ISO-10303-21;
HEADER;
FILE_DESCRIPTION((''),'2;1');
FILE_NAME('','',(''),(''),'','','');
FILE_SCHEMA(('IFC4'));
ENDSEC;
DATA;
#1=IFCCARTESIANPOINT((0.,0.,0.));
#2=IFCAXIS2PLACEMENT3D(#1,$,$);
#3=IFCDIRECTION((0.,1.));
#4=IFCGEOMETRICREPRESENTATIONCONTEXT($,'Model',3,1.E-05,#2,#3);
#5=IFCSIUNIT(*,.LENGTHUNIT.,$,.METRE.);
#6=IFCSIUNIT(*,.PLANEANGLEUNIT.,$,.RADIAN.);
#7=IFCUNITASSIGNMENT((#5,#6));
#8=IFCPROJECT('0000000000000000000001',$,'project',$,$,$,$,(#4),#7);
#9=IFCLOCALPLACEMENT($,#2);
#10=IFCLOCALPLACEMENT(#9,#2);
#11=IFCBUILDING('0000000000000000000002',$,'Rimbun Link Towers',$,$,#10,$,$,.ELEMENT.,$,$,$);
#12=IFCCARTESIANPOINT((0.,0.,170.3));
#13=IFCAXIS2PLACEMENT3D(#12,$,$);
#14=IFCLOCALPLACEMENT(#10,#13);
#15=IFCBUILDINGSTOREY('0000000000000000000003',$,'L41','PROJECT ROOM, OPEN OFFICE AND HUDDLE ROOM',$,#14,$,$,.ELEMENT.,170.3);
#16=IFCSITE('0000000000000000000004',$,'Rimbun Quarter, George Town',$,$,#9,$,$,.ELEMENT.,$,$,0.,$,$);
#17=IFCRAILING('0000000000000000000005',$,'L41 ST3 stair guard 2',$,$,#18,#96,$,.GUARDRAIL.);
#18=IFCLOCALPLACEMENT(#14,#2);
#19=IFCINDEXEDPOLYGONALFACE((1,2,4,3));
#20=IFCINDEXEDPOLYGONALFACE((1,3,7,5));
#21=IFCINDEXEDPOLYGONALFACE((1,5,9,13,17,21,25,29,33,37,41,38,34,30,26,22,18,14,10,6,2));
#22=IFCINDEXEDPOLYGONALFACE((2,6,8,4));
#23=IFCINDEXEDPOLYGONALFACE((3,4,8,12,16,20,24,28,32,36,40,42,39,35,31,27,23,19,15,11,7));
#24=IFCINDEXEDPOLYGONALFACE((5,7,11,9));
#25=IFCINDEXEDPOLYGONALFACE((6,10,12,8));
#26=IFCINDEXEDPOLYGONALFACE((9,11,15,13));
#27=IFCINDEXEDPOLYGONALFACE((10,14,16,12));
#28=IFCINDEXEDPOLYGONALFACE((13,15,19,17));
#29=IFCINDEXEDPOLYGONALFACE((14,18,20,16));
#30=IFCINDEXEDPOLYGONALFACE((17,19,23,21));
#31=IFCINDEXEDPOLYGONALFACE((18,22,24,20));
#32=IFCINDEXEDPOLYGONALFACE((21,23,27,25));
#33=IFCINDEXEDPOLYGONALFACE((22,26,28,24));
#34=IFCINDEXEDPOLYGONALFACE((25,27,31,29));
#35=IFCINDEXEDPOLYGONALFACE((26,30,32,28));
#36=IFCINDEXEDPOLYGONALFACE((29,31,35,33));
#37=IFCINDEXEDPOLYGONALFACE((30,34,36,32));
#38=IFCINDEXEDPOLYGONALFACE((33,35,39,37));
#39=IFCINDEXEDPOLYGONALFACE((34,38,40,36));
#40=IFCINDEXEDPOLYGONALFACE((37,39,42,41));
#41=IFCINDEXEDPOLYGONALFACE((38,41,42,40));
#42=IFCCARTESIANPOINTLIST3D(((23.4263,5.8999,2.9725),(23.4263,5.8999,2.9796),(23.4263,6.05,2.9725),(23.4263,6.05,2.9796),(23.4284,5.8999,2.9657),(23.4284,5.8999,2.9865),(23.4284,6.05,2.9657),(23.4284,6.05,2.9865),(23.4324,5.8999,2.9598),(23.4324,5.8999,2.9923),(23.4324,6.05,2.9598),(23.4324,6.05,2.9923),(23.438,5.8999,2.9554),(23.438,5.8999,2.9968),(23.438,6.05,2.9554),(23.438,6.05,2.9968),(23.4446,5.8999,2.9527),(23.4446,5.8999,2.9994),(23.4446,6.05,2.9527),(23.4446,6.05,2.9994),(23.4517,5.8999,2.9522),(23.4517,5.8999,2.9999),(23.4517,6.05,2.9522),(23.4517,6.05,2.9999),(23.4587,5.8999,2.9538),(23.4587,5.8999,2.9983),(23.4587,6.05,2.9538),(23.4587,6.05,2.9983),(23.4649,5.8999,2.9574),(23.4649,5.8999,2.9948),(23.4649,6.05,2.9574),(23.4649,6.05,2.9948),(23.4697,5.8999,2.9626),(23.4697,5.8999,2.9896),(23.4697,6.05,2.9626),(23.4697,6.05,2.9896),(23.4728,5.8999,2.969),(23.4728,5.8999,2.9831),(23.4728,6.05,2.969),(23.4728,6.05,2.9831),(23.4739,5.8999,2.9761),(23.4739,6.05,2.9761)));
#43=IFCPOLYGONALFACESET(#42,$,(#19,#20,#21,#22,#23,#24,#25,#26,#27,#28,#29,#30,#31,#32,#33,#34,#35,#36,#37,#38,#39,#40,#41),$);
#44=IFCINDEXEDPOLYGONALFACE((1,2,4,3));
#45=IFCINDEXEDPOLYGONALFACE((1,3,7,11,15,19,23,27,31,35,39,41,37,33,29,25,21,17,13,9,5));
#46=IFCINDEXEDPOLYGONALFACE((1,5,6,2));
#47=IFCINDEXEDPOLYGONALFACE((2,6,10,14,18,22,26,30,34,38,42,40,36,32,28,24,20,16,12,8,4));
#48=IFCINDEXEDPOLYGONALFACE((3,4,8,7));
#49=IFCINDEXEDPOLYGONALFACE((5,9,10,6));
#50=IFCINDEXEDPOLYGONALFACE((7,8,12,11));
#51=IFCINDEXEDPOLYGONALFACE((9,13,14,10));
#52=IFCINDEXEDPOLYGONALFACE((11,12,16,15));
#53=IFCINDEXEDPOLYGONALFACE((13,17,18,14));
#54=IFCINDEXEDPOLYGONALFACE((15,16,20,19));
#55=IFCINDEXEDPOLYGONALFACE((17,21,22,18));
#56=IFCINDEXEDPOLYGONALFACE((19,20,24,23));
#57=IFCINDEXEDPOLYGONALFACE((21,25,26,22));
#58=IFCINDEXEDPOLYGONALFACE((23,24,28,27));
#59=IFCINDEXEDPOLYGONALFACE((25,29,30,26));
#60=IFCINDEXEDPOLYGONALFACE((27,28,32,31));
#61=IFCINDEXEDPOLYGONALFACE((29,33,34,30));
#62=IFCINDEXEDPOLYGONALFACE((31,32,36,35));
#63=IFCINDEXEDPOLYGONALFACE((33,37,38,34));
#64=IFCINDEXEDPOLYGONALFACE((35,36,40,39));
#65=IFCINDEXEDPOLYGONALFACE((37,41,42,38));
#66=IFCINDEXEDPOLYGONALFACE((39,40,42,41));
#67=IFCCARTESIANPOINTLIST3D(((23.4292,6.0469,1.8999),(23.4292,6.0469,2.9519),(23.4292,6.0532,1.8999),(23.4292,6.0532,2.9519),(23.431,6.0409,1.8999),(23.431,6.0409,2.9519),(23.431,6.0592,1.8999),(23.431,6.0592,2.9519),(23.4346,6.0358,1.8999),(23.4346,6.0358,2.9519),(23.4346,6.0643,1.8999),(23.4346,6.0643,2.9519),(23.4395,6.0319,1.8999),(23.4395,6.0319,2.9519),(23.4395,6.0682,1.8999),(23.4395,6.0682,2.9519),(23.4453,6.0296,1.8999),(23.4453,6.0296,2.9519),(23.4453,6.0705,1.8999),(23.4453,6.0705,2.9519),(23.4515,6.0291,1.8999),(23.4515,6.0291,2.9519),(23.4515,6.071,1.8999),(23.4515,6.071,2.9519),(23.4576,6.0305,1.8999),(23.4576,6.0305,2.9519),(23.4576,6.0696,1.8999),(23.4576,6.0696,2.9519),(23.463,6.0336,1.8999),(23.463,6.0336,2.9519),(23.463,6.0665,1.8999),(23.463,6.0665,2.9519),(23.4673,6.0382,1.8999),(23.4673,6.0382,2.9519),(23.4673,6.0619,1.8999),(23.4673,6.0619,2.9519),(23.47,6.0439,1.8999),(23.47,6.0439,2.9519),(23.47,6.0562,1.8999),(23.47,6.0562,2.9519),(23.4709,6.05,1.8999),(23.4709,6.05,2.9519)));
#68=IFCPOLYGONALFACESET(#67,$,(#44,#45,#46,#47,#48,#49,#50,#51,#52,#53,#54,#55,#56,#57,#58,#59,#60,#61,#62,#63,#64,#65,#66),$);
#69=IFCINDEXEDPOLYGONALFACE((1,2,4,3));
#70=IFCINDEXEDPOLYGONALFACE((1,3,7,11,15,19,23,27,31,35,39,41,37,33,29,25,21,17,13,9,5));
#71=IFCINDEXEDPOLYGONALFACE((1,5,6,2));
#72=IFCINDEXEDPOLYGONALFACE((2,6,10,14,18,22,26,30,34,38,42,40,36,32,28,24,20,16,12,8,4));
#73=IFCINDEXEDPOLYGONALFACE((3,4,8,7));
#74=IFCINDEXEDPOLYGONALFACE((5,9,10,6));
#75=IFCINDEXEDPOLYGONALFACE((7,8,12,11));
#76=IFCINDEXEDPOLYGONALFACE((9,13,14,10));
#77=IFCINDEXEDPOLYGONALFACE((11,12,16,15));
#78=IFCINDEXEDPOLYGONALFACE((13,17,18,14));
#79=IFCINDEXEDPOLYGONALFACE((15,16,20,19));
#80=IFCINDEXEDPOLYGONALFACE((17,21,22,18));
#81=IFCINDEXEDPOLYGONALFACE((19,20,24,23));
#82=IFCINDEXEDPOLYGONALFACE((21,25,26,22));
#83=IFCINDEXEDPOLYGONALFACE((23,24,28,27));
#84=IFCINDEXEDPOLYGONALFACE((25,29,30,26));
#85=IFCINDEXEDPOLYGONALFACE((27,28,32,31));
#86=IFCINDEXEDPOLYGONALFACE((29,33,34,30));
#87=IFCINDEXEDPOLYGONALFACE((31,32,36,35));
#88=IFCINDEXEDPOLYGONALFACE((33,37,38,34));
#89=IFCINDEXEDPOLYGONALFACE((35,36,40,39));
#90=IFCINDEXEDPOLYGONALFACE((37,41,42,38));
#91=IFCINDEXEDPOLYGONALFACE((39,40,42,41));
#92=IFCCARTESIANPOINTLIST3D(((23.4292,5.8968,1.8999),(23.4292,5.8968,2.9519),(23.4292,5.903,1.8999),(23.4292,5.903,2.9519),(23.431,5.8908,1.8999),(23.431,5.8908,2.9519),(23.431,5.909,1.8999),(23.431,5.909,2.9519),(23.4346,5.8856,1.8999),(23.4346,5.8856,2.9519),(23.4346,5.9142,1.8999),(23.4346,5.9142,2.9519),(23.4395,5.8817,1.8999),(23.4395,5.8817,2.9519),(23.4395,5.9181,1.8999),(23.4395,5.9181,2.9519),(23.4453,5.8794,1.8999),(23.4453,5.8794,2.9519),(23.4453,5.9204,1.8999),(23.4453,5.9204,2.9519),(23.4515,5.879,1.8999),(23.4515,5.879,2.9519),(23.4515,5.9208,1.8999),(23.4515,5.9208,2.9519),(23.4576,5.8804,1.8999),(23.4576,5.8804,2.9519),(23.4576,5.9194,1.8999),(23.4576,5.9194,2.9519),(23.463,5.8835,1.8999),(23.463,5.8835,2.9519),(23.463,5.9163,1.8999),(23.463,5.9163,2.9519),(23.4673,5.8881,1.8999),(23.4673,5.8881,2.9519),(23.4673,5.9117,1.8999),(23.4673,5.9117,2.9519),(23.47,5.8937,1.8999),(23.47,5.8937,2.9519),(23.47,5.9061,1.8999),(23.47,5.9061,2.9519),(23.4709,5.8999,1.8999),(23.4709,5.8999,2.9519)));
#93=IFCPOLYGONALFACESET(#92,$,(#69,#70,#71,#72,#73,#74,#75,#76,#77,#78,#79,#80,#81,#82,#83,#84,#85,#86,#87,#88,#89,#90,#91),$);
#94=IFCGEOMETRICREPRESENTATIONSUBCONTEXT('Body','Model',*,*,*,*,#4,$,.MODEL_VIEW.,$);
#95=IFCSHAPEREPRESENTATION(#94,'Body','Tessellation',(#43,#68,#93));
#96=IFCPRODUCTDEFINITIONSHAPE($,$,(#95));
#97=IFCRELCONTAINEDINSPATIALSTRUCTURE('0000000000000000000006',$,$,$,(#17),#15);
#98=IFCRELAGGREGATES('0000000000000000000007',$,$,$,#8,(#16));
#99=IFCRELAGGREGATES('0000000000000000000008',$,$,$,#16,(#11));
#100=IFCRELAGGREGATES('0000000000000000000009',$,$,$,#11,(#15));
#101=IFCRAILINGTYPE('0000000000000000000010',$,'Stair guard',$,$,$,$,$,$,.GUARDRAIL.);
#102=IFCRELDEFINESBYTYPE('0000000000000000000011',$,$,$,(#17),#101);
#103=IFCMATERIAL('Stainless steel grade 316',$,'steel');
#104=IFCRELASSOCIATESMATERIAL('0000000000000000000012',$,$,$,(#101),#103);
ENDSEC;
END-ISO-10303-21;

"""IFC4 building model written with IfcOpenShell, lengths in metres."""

from ifc_helpers import new_model, si_unit, direction, frame, origin, origin_2d, place, context, subcontext, project, spatial, circle, extrude, material, type_object, element, save


model = new_model("IFC4")

# Units and contexts
model_context = context("Model", 3, precision=1e-05, world=origin(), true_north=direction((0.0, 1.0)))
body_context = subcontext(model_context, "Body", "Model", "MODEL_VIEW")
ifc_project = project(units=[si_unit("LENGTHUNIT", "METRE"), si_unit("PLANEANGLEUNIT", "RADIAN")], contexts=[model_context])

# Site, building, storey
site_placement = place(None, origin())
site = spatial("IfcSite", under=ifc_project, at=site_placement, Name="Rimbun Quarter, George Town", CompositionType="ELEMENT", RefElevation=0.0)
building_placement = place(site_placement, origin())
building = spatial("IfcBuilding", under=site, at=building_placement, Name="Rimbun Link Towers", CompositionType="ELEMENT")
storey_placement = place(building_placement, frame((0.0, 0.0, 170.3)))
storey = spatial("IfcBuildingStorey", under=building, at=storey_placement, Name="L41", Description="PROJECT ROOM, OPEN OFFICE AND HUDDLE ROOM", CompositionType="ELEMENT", Elevation=170.3)

# Railing
ifc_material_1 = material(Name="Stainless steel grade 316", Category="steel")
railing_type_1 = type_object("IfcRailingType", Name="Stair guard", PredefinedType="GUARDRAIL", material=ifc_material_1)
railing_1_placement = place(storey_placement, frame((23.45, 6.05, 1.8999)))
element("IfcRailing", 1, at=railing_1_placement, inside=storey, type_object=railing_type_1, Name="L41 ST3 stair guard 2", PredefinedType="GUARDRAIL", context=body_context, shape_type="SweptSolid", body=[
    extrude(circle(Radius=0.0239, at=origin_2d()), frame((0.0, 0.0, 1.0762), z_axis=(0.0, -1.0, 0.0), x_axis=(1.0, 0.0, 0.0)), (0.0, 0.0, 1.0), 0.1501),
    extrude(circle(Radius=0.021, at=origin_2d()), origin(), (0.0, 0.0, 1.0), 1.052),
    extrude(circle(Radius=0.021, at=origin_2d()), frame((0.0, -0.1501, 0.0)), (0.0, 0.0, 1.0), 1.052),
])

save(model, "model.ifc")
